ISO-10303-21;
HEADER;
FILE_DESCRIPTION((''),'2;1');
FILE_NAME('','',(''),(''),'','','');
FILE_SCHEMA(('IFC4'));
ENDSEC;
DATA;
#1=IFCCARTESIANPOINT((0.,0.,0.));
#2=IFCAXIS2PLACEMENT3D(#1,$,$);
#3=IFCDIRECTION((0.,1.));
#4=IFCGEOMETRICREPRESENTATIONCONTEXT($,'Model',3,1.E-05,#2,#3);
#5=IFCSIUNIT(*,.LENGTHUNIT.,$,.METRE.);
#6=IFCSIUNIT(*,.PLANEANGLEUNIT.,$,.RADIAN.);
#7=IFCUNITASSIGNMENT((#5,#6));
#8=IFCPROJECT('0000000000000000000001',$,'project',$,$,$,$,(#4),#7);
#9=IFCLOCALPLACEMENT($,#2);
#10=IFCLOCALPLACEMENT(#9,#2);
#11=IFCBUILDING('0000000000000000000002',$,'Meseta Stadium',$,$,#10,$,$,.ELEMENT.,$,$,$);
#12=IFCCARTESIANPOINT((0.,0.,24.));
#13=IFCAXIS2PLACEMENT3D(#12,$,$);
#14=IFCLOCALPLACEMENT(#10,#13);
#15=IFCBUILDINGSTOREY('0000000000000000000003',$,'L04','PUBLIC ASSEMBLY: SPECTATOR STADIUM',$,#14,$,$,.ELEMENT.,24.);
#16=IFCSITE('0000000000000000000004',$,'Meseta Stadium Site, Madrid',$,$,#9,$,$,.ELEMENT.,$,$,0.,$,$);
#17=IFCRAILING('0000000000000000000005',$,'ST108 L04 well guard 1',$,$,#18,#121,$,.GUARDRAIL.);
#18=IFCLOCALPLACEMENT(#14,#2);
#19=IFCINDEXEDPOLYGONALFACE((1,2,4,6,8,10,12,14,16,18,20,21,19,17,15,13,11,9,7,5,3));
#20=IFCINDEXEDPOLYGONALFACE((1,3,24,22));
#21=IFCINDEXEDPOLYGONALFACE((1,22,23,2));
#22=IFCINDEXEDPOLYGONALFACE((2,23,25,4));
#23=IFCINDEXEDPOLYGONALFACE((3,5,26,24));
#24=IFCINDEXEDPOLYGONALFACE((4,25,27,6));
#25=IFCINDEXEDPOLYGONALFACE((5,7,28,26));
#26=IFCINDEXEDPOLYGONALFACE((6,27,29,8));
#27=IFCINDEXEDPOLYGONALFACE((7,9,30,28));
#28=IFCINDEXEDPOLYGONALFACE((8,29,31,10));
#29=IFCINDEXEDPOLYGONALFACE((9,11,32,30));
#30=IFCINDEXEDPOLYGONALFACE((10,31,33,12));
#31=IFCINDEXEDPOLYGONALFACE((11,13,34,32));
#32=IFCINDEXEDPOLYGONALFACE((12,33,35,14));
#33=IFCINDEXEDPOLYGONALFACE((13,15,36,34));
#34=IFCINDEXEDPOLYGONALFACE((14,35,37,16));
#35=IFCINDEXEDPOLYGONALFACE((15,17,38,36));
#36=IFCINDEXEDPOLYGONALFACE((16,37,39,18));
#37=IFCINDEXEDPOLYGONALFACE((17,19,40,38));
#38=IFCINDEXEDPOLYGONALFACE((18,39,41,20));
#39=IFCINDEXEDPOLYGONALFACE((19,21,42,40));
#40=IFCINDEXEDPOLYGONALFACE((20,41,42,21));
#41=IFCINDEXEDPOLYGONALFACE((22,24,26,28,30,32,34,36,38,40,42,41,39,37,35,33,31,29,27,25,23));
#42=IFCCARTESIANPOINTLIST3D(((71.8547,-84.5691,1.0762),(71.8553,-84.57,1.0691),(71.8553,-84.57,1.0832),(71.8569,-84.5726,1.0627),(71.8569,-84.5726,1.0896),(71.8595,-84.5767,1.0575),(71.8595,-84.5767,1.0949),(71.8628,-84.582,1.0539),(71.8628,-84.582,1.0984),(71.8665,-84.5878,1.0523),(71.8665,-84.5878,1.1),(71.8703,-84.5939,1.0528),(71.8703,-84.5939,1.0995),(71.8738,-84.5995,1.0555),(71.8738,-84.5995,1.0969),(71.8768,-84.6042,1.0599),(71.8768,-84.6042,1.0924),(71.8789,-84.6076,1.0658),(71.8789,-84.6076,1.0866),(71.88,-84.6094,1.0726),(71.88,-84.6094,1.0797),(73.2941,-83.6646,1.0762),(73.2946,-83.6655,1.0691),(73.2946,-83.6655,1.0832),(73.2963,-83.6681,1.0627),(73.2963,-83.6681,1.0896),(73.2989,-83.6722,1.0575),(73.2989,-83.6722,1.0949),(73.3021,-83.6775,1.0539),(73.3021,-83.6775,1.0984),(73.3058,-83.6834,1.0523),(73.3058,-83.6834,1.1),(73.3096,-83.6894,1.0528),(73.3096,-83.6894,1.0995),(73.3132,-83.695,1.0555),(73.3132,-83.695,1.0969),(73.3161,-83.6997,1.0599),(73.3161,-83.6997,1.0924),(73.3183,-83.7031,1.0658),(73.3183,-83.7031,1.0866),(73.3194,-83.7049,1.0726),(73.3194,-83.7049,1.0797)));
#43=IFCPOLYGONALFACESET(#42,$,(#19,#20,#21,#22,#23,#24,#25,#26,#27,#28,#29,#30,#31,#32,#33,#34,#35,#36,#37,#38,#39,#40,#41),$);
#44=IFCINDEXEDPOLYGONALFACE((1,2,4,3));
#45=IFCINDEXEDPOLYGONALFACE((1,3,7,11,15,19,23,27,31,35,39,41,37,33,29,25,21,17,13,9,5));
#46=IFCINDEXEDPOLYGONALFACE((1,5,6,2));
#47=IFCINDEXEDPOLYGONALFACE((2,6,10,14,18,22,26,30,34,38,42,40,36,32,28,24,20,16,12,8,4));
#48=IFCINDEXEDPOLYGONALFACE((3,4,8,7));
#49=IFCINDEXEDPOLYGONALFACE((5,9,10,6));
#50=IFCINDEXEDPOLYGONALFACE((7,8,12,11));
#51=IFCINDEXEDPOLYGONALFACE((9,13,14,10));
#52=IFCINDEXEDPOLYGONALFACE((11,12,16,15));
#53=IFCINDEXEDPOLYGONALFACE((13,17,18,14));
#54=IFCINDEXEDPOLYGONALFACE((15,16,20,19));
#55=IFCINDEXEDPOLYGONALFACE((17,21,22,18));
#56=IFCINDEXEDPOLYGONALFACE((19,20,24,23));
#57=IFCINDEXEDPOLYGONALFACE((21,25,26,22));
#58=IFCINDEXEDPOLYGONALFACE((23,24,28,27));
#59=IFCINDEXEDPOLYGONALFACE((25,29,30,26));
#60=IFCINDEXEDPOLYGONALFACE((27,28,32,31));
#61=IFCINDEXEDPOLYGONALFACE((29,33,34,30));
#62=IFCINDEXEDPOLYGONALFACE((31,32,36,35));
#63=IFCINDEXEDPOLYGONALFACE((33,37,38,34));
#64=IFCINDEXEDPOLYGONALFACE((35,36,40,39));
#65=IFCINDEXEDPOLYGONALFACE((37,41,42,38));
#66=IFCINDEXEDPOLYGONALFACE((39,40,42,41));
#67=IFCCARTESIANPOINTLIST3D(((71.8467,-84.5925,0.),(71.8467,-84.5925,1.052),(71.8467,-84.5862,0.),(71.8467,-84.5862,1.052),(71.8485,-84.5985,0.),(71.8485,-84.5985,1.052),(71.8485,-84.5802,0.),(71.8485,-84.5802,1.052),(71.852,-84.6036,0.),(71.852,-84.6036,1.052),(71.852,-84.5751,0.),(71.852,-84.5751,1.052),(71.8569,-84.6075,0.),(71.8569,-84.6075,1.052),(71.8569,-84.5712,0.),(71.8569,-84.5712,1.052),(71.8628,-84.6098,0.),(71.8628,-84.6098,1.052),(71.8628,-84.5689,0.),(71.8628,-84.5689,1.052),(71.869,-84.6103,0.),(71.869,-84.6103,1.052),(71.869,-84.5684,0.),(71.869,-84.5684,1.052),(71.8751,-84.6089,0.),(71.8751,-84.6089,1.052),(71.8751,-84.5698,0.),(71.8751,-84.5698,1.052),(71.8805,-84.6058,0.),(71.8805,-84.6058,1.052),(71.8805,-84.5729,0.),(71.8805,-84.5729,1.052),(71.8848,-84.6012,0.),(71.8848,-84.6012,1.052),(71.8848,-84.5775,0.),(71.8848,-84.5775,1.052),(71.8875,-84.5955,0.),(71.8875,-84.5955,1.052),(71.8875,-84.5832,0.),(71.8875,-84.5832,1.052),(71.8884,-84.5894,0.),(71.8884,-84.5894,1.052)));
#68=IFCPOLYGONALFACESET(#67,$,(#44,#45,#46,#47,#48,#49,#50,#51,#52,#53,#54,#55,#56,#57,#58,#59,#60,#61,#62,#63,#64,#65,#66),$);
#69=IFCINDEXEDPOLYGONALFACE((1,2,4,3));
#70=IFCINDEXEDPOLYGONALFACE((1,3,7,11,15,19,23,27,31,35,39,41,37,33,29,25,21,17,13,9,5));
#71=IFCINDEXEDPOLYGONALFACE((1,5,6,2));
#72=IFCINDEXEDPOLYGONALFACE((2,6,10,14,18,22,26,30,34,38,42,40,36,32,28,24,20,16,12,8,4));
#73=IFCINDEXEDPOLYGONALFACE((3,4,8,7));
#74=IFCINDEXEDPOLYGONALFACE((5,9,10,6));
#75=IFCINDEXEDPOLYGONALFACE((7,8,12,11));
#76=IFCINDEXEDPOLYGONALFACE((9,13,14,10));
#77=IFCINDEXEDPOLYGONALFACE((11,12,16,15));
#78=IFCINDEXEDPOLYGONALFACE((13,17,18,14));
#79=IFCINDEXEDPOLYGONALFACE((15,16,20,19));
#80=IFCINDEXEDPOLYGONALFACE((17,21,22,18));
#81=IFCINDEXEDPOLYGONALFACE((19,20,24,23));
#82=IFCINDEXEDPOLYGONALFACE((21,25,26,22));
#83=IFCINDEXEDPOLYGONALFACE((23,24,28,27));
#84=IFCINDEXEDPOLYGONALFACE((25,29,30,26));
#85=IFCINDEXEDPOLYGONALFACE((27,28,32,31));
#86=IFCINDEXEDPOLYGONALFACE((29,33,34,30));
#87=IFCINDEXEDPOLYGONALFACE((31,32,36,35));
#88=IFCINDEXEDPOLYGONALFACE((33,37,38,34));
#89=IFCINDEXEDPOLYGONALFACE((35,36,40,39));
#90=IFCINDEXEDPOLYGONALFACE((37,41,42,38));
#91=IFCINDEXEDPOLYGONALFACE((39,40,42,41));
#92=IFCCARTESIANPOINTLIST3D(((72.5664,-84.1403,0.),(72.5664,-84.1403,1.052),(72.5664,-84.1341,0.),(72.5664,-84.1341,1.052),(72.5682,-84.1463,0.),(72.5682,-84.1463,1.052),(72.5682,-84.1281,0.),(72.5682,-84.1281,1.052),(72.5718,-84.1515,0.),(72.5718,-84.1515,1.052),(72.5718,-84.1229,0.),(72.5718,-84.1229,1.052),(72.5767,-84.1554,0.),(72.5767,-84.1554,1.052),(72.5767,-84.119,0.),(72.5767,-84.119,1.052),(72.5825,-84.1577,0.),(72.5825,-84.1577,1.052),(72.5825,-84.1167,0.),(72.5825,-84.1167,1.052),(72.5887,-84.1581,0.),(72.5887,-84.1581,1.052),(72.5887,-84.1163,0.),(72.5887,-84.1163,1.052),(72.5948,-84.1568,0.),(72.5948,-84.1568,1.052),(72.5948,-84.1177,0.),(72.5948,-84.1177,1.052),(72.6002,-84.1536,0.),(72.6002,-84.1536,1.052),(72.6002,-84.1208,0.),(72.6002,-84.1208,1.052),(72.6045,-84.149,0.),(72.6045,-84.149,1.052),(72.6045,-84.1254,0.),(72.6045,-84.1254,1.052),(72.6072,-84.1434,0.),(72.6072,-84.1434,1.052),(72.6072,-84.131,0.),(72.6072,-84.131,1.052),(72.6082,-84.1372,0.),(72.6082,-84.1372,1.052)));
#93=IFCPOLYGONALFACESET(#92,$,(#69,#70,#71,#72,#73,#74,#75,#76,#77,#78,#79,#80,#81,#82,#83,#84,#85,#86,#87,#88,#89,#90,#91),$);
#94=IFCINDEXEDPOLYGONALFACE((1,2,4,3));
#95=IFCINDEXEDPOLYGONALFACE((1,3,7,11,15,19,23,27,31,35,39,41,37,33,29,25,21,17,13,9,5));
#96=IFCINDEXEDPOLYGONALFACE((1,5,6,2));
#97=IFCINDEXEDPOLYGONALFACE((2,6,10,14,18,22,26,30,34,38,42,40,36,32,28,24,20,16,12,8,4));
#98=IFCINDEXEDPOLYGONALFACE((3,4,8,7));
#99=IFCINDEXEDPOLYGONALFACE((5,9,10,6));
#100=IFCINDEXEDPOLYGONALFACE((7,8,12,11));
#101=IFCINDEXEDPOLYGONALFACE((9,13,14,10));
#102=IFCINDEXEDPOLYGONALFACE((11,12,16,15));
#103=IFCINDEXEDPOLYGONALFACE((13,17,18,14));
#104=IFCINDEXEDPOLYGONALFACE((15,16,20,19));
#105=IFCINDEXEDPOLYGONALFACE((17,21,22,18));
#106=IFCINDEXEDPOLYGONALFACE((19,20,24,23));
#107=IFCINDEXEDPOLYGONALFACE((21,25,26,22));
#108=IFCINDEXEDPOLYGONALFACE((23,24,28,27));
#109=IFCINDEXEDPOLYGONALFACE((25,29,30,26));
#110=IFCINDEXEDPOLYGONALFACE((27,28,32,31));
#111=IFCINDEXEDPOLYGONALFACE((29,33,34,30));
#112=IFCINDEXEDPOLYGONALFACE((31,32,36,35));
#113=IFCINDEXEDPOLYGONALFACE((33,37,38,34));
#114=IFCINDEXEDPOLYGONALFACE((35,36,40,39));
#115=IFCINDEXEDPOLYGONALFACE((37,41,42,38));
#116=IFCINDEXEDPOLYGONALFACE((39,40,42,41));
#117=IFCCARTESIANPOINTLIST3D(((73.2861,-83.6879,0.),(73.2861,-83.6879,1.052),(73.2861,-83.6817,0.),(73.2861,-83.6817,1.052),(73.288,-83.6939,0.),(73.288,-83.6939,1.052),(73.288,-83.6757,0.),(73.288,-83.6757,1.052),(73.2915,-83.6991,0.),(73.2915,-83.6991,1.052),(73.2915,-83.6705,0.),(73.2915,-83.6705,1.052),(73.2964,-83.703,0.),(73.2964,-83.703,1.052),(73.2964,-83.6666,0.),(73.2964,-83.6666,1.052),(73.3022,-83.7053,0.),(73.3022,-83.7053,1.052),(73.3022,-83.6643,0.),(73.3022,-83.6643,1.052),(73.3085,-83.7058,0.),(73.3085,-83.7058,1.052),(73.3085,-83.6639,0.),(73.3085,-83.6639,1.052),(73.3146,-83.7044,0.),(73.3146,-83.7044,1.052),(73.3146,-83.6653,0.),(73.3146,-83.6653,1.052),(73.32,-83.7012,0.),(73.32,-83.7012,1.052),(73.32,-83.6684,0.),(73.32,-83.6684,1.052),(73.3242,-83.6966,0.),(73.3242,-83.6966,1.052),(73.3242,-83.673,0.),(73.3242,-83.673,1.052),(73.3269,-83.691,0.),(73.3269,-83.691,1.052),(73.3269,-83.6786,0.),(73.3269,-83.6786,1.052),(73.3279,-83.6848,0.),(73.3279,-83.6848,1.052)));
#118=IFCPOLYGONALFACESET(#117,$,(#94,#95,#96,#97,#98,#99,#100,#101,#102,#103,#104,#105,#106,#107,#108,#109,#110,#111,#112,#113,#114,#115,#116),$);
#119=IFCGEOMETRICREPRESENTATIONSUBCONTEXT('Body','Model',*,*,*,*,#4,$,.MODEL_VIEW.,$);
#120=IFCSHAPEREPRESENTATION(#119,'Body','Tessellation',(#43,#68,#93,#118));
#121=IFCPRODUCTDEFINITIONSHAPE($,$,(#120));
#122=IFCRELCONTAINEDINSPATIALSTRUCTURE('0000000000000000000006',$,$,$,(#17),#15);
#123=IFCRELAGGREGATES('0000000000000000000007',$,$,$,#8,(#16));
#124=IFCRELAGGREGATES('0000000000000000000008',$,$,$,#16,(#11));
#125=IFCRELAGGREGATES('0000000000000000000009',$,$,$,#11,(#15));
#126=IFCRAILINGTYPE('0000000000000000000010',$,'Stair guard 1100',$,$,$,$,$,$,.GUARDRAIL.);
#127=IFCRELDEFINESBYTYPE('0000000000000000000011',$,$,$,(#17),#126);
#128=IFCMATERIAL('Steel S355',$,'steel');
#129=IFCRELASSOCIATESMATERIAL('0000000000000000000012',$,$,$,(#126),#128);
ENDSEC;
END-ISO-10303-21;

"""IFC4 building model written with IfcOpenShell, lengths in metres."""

from ifc_helpers import new_model, si_unit, direction, frame, origin, origin_2d, place, context, subcontext, project, spatial, circle, extrude, material, type_object, element, save


model = new_model("IFC4")

# Units and contexts
model_context = context("Model", 3, precision=1e-05, world=origin(), true_north=direction((0.0, 1.0)))
body_context = subcontext(model_context, "Body", "Model", "MODEL_VIEW")
ifc_project = project(units=[si_unit("LENGTHUNIT", "METRE"), si_unit("PLANEANGLEUNIT", "RADIAN")], contexts=[model_context])

# Site, building, storey
site_placement = place(None, origin())
site = spatial("IfcSite", under=ifc_project, at=site_placement, Name="Meseta Stadium Site, Madrid", CompositionType="ELEMENT", RefElevation=0.0)
building_placement = place(site_placement, origin())
building = spatial("IfcBuilding", under=site, at=building_placement, Name="Meseta Stadium", CompositionType="ELEMENT")
storey_placement = place(building_placement, frame((0.0, 0.0, 24.0)))
storey = spatial("IfcBuildingStorey", under=building, at=storey_placement, Name="L04", Description="PUBLIC ASSEMBLY: SPECTATOR STADIUM", CompositionType="ELEMENT", Elevation=24.0)

# Railing
ifc_material_1 = material(Name="Steel S355", Category="steel")
railing_type_1 = type_object("IfcRailingType", Name="Stair guard 1100", PredefinedType="GUARDRAIL", material=ifc_material_1)
railing_1_placement = place(storey_placement, frame((71.8674, -84.5894, 0.0)))
element("IfcRailing", 1, at=railing_1_placement, inside=storey, type_object=railing_type_1, Name="ST108 L04 well guard 1", PredefinedType="GUARDRAIL", context=body_context, shape_type="SweptSolid", body=[
    extrude(circle(Radius=0.0239, at=origin_2d()), frame((0.0, 0.0, 1.0762), z_axis=(0.846705, 0.532063, 0.0), x_axis=(-0.532063, 0.846705, 0.0)), (0.0, 0.0, 1.0), 1.7),
    extrude(circle(Radius=0.021, at=origin_2d()), origin(), (0.0, 0.0, 1.0), 1.052),
    extrude(circle(Radius=0.021, at=origin_2d()), frame((0.7197, 0.4521, 0.0)), (0.0, 0.0, 1.0), 1.052),
    extrude(circle(Radius=0.021, at=origin_2d()), frame((1.4395, 0.9045, 0.0)), (0.0, 0.0, 1.0), 1.052),
])

save(model, "model.ifc")
